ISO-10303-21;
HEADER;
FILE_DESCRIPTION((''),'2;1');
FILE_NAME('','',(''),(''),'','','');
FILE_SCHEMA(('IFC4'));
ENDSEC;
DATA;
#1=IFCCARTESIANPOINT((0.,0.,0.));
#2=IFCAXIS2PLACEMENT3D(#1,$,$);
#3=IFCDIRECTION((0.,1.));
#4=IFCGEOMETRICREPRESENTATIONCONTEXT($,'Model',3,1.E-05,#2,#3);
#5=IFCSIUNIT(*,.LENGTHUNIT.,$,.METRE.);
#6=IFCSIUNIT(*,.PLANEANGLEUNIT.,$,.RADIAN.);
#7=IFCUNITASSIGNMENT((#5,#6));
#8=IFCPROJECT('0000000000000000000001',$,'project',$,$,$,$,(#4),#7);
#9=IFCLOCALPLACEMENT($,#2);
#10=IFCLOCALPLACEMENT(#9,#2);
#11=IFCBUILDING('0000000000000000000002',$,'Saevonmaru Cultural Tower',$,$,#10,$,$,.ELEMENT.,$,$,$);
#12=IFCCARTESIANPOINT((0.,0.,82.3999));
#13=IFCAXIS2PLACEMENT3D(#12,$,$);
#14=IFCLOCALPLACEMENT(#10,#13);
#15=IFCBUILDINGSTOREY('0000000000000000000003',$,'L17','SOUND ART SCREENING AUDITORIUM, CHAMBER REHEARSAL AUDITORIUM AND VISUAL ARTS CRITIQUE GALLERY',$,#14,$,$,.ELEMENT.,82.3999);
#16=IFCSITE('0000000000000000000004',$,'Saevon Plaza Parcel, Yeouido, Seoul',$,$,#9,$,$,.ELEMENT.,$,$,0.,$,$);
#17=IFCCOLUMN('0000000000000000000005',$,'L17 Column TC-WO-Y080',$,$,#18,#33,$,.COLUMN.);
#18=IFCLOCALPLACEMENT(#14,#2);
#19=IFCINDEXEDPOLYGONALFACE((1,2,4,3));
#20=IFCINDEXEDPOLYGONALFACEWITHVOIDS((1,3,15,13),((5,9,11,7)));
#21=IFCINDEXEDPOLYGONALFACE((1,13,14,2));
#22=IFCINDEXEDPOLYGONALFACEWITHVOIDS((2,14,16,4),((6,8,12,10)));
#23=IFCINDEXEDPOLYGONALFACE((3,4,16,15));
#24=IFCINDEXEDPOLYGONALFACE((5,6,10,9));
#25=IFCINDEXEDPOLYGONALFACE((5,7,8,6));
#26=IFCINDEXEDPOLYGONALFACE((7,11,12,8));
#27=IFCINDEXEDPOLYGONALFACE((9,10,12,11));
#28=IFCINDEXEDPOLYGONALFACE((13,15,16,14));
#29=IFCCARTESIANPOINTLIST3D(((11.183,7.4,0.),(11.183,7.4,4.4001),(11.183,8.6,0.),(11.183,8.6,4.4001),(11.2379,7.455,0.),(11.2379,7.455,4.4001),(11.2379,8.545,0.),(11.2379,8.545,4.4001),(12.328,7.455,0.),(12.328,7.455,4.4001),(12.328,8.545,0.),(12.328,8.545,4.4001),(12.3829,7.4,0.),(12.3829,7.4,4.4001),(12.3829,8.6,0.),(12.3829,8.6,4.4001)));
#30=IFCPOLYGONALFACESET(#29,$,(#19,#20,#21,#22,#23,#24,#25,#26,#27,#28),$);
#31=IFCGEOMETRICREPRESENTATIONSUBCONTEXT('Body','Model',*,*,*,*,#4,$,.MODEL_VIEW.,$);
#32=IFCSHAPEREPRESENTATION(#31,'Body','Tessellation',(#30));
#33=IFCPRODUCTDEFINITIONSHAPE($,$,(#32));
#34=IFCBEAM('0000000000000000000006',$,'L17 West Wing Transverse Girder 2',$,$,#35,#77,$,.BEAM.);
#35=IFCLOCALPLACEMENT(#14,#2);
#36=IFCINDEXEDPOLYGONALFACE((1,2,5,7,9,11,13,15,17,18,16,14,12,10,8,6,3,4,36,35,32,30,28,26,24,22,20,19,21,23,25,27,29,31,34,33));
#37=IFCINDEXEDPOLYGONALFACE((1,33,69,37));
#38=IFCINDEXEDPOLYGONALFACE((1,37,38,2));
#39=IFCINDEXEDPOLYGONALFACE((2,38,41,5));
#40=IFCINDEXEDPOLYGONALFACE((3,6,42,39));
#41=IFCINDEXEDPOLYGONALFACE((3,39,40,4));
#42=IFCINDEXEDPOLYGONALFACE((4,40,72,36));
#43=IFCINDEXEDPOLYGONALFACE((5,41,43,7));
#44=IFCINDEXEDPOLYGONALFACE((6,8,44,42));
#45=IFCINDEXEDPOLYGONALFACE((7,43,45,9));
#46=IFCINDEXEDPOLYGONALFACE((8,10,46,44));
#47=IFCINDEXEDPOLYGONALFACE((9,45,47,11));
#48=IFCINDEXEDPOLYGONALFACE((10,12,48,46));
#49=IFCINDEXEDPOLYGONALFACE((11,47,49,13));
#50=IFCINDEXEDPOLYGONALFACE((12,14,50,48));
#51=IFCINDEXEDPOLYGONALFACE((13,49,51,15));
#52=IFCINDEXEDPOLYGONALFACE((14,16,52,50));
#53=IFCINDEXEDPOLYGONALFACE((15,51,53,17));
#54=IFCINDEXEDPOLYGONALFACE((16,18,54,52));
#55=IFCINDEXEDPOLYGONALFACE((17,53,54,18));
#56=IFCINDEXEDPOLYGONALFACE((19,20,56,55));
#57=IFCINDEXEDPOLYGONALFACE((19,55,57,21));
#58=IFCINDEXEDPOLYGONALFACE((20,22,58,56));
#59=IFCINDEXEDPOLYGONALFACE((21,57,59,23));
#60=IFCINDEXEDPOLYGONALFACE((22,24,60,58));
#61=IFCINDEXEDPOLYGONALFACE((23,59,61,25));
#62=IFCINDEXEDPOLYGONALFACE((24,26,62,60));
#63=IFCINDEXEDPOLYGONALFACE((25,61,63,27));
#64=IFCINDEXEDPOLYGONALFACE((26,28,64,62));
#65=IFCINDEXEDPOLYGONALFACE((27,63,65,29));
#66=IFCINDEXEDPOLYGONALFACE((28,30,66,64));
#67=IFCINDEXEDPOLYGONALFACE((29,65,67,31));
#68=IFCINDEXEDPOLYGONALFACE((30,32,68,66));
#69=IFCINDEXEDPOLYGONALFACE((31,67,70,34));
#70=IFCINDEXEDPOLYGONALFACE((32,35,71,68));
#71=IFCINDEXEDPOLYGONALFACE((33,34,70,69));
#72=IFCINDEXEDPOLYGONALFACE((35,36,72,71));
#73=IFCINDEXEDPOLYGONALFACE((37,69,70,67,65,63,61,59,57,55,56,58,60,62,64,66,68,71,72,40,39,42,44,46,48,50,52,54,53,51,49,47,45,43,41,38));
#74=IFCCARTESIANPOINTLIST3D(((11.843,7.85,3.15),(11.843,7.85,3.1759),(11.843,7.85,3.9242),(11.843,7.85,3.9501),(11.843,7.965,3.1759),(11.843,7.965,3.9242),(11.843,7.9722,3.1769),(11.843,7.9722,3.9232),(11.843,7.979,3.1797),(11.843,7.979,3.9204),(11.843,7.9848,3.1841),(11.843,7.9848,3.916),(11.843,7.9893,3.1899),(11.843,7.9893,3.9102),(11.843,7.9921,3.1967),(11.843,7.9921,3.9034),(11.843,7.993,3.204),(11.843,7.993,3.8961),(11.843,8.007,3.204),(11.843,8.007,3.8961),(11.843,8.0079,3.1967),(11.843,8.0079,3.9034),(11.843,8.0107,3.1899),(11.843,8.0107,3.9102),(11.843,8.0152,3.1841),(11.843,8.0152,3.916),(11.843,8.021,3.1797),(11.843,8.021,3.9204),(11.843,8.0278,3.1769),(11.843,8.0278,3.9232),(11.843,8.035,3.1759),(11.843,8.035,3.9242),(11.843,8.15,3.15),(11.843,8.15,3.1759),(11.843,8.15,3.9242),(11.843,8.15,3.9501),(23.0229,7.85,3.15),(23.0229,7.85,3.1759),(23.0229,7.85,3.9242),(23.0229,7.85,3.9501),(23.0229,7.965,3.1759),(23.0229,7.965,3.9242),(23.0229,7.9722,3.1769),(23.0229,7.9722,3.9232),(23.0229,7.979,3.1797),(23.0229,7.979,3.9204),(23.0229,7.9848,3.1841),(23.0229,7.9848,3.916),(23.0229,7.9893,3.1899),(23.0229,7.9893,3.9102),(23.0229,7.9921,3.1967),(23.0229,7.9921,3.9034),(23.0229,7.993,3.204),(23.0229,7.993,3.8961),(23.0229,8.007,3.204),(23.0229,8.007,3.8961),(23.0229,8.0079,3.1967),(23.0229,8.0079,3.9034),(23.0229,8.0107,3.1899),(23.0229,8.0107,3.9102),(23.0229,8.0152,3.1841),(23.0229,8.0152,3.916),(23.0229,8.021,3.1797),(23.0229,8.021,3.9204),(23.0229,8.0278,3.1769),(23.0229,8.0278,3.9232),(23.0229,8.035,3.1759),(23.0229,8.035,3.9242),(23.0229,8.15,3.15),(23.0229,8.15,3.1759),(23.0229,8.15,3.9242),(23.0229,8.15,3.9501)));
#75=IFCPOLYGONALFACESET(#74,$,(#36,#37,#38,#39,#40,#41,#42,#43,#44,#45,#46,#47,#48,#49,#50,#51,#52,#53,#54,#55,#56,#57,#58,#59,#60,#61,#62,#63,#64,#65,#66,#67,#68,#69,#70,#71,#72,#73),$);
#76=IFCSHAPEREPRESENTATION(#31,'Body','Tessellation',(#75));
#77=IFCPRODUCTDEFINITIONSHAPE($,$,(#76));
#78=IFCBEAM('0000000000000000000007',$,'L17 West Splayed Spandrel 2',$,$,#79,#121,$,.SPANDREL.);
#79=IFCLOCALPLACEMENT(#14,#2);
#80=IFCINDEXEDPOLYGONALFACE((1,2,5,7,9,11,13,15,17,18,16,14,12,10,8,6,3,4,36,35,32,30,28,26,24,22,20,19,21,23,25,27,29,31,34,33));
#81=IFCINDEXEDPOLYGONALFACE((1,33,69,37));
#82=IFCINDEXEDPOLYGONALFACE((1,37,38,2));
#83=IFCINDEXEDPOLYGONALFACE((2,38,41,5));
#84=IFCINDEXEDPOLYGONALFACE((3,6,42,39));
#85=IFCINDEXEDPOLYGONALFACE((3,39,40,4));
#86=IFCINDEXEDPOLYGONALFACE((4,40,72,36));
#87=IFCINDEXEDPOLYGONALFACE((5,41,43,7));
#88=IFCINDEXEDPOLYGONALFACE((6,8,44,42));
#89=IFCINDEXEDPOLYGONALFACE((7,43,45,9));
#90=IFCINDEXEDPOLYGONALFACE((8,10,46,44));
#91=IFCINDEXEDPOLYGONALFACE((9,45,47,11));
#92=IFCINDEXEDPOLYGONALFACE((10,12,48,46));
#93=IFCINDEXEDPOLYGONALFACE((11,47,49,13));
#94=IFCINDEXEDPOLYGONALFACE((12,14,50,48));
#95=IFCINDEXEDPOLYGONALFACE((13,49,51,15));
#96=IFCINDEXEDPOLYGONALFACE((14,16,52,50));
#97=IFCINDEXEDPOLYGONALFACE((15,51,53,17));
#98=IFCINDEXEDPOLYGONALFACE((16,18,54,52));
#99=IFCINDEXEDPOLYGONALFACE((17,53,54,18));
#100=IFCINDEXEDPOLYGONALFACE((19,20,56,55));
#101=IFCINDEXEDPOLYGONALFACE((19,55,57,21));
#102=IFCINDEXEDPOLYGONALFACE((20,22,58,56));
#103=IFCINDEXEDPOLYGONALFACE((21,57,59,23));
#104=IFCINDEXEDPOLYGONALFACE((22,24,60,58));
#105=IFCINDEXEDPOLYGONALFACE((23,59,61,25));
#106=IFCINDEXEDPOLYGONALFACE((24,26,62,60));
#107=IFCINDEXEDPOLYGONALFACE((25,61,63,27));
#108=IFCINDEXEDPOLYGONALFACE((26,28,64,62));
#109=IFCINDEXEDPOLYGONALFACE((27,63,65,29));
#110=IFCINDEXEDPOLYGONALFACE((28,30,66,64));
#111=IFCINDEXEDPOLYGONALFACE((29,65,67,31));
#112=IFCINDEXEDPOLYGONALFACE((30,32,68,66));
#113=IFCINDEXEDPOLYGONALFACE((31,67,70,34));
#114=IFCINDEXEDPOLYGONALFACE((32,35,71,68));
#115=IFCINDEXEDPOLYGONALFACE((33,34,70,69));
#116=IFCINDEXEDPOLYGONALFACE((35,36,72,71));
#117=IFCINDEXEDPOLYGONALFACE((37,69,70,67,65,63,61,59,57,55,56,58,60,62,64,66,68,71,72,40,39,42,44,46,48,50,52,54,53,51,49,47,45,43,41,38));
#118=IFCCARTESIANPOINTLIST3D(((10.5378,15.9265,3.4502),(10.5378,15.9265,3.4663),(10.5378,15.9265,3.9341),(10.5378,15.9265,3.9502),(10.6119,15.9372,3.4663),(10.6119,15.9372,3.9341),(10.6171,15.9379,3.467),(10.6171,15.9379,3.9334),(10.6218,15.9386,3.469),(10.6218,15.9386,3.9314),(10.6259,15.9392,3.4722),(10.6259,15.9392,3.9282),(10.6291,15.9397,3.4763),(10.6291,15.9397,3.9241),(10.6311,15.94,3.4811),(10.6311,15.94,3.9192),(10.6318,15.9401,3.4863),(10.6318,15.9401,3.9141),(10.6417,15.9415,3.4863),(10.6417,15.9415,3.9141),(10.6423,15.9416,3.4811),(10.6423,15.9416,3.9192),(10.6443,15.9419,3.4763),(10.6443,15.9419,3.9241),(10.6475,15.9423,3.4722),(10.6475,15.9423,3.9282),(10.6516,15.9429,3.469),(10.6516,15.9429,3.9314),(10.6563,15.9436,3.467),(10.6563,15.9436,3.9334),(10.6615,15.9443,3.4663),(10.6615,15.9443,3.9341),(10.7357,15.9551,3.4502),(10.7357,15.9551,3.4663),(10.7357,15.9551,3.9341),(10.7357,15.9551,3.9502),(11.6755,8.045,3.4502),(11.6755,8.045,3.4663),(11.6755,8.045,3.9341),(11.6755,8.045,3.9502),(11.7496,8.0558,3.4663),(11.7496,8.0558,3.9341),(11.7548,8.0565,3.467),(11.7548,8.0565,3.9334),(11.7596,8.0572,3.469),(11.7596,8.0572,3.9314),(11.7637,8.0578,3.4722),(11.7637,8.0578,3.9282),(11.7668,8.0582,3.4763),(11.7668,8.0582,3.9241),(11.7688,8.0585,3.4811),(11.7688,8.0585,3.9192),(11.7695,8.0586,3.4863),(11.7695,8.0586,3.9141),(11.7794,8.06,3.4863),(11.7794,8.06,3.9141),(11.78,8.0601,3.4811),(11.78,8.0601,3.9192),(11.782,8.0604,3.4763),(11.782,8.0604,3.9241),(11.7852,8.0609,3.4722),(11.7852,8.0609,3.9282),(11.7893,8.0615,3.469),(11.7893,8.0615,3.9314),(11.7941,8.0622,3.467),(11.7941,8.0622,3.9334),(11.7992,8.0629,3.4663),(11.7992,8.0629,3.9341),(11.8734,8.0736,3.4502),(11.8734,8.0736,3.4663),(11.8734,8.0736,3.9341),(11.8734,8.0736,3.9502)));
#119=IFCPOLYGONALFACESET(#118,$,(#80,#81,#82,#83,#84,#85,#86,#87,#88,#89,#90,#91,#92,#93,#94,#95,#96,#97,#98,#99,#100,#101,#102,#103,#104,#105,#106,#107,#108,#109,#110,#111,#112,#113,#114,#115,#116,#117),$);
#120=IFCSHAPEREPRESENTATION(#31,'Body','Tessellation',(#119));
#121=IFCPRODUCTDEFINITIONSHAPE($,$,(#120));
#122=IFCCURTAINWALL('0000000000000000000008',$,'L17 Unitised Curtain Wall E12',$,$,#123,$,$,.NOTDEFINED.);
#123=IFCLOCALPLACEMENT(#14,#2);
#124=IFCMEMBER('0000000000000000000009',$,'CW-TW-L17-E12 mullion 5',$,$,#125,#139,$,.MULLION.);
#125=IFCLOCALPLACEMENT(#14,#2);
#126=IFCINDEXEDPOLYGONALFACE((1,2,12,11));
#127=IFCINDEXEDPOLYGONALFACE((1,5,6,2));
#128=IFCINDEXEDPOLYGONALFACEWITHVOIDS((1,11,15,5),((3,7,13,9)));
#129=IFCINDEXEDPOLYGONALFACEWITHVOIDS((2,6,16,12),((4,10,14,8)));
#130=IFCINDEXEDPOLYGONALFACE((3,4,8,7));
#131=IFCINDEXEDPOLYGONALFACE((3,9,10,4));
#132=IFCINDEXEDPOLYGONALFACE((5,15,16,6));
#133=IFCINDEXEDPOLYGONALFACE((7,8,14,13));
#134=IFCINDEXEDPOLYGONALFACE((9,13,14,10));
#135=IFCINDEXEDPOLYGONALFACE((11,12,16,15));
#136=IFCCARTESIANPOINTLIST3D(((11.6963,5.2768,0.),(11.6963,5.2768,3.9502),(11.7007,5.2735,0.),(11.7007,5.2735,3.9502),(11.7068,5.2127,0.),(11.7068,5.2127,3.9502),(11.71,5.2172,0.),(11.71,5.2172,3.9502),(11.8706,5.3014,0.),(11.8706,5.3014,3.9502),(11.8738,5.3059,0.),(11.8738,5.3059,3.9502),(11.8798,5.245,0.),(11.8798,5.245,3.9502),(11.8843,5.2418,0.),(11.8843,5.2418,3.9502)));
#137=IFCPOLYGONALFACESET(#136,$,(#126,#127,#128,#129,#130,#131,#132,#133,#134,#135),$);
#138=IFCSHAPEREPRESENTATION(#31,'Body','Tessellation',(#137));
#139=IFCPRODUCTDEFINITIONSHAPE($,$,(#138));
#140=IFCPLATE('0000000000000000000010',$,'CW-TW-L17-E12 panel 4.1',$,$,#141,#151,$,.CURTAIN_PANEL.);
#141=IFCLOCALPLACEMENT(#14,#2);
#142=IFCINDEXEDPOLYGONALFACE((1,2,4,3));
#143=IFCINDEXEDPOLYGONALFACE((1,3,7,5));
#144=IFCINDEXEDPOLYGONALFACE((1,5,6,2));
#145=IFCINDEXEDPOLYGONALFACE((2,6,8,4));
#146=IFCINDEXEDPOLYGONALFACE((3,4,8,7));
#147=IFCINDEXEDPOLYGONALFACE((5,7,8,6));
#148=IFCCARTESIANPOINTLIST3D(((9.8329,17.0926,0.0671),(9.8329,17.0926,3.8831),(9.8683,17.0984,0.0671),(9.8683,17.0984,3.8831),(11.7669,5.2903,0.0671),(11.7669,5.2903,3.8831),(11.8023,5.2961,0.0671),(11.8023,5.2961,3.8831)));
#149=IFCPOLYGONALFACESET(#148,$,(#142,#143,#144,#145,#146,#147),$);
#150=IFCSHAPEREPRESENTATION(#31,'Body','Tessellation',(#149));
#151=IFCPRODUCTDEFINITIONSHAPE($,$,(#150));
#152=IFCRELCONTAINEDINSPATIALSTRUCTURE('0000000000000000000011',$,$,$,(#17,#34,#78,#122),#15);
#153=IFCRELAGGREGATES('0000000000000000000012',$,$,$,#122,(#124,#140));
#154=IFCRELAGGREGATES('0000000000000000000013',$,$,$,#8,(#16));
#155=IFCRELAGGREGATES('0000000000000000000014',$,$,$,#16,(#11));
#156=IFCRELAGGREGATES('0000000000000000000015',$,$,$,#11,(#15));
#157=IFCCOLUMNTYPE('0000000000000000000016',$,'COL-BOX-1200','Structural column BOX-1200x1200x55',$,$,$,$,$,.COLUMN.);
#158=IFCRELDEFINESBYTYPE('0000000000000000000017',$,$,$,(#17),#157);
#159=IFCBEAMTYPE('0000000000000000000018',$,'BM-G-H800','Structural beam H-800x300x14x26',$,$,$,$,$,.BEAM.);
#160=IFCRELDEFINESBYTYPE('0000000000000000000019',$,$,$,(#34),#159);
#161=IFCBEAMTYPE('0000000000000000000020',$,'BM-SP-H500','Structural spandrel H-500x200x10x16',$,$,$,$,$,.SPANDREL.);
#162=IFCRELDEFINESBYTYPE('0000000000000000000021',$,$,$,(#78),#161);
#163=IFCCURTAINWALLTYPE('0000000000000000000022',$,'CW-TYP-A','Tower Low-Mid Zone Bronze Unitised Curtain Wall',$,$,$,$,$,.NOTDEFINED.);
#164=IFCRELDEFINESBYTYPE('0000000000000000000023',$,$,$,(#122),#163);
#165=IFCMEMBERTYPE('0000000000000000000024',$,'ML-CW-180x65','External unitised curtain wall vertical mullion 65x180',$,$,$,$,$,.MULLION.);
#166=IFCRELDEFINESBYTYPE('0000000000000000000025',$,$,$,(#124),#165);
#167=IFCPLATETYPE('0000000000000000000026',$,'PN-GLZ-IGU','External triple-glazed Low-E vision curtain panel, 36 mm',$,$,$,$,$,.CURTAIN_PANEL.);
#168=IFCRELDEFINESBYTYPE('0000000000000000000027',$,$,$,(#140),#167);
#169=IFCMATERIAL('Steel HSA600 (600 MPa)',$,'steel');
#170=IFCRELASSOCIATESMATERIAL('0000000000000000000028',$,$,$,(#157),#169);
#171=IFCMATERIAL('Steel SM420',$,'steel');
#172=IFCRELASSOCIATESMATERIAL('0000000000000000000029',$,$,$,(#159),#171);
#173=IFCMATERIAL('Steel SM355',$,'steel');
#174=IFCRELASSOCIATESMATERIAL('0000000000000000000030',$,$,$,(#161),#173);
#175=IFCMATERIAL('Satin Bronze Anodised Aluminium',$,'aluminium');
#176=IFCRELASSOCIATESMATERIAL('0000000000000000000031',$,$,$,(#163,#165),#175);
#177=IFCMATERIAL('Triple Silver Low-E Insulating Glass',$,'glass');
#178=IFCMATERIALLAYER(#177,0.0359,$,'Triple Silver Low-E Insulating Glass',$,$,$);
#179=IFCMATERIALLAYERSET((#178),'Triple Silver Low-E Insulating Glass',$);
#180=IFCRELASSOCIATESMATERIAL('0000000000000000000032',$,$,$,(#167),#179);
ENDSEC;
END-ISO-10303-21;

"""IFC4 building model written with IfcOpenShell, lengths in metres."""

from ifc_helpers import new_model, si_unit, direction, frame, origin, origin_2d, place, context, subcontext, project, spatial, rectangle, hollow_rectangle, i_section, extrude, material, layer, layer_set, material_profile, profile_set, type_object, element, aggregate, save


model = new_model("IFC4")

# Units and contexts
model_context = context("Model", 3, precision=1e-05, world=origin(), true_north=direction((0.0, 1.0)))
body_context = subcontext(model_context, "Body", "Model", "MODEL_VIEW")
ifc_project = project(units=[si_unit("LENGTHUNIT", "METRE"), si_unit("PLANEANGLEUNIT", "RADIAN")], contexts=[model_context])

# Site, building, storey
site_placement = place(None, origin())
site = spatial("IfcSite", under=ifc_project, at=site_placement, Name="Saevon Plaza Parcel, Yeouido, Seoul", CompositionType="ELEMENT", RefElevation=0.0)
building_placement = place(site_placement, origin())
building = spatial("IfcBuilding", under=site, at=building_placement, Name="Saevonmaru Cultural Tower", CompositionType="ELEMENT")
storey_placement = place(building_placement, frame((0.0, 0.0, 82.3999)))
storey = spatial("IfcBuildingStorey", under=building, at=storey_placement, Name="L17", Description="SOUND ART SCREENING AUDITORIUM, CHAMBER REHEARSAL AUDITORIUM AND VISUAL ARTS CRITIQUE GALLERY", CompositionType="ELEMENT", Elevation=82.3999)

# Column
ifc_material_1 = material(Name="Steel HSA600 (600 MPa)", Category="steel")
ifc_material_profile_1 = material_profile(ifc_material_1, hollow_rectangle(XDim=1.2, YDim=1.2, WallThickness=0.0549, at=origin_2d()), Name="BOX-1200x1200x55")
ifc_profile_set_1 = profile_set([ifc_material_profile_1], Name="Steel HSA600 (600 MPa)")
column_type = type_object("IfcColumnType", Name="COL-BOX-1200", Description="Structural column BOX-1200x1200x55", PredefinedType="COLUMN", material=ifc_profile_set_1)
column_placement = place(storey_placement, frame((11.783, 8.0, 0.0), z_axis=(0.0, 0.0, 1.0), x_axis=(1.0, 0.0, 0.0)))
element("IfcColumn", 1, at=column_placement, inside=storey, type_object=column_type, Name="L17 Column TC-WO-Y080", PredefinedType="COLUMN", context=body_context, shape_type="SweptSolid", body=[
    extrude(hollow_rectangle(XDim=1.2, YDim=1.2, WallThickness=0.0549, at=origin_2d()), origin(), (0.0, 0.0, 1.0), 4.4001),
])

# Beams
ifc_material_2 = material(Name="Steel SM420", Category="steel")
ifc_material_profile_2 = material_profile(ifc_material_2, i_section(OverallWidth=0.3, OverallDepth=0.8, WebThickness=0.0139, FlangeThickness=0.0259, FilletRadius=0.0281, at=origin_2d()), Name="H-800x300x14x26")
ifc_profile_set_2 = profile_set([ifc_material_profile_2], Name="Steel SM420")
beam_type_1 = type_object("IfcBeamType", Name="BM-G-H800", Description="Structural beam H-800x300x14x26", PredefinedType="BEAM", material=ifc_profile_set_2)
beam_1_placement = place(storey_placement, frame((11.843, 8.0, 3.55), z_axis=(1.0, 0.0, 0.0), x_axis=(0.0, 1.0, 0.0)))
element("IfcBeam", 2, at=beam_1_placement, inside=storey, type_object=beam_type_1, Name="L17 West Wing Transverse Girder 2", PredefinedType="BEAM", context=body_context, shape_type="SweptSolid", body=[
    extrude(i_section(OverallWidth=0.3, OverallDepth=0.8, WebThickness=0.0139, FlangeThickness=0.0259, FilletRadius=0.0281, at=origin_2d()), origin(), (0.0, 0.0, 1.0), 11.1799),
])
ifc_material_3 = material(Name="Steel SM355", Category="steel")
ifc_material_profile_3 = material_profile(ifc_material_3, i_section(OverallWidth=0.2, OverallDepth=0.5, WebThickness=0.01, FlangeThickness=0.0161, FilletRadius=0.02, at=origin_2d()), Name="H-500x200x10x16")
ifc_profile_set_3 = profile_set([ifc_material_profile_3], Name="Steel SM355")
beam_type_2 = type_object("IfcBeamType", Name="BM-SP-H500", Description="Structural spandrel H-500x200x10x16", PredefinedType="SPANDREL", material=ifc_profile_set_3)
beam_2_placement = place(storey_placement, frame((11.7744, 8.0593, 3.7002), z_axis=(-0.142872, 0.989741, 0.0), x_axis=(-0.989741, -0.142872, 0.0)))
element("IfcBeam", 3, at=beam_2_placement, inside=storey, type_object=beam_type_2, Name="L17 West Splayed Spandrel 2", PredefinedType="SPANDREL", context=body_context, shape_type="SweptSolid", body=[
    extrude(i_section(OverallWidth=0.2, OverallDepth=0.5, WebThickness=0.01, FlangeThickness=0.0161, FilletRadius=0.02, at=origin_2d()), origin(), (0.0, 0.0, 1.0), 7.9631),
])

# Curtain wall, member, plate
ifc_material_4 = material(Name="Satin Bronze Anodised Aluminium", Category="aluminium")
curtain_wall_type = type_object("IfcCurtainWallType", Name="CW-TYP-A", Description="Tower Low-Mid Zone Bronze Unitised Curtain Wall", PredefinedType="NOTDEFINED", material=ifc_material_4)
curtain_wall_placement = place(storey_placement, origin())
curtain_wall = element("IfcCurtainWall", 4, at=curtain_wall_placement, inside=storey, type_object=curtain_wall_type, Name="L17 Unitised Curtain Wall E12", PredefinedType="NOTDEFINED")
ifc_material_profile_4 = material_profile(ifc_material_4, hollow_rectangle(XDim=0.0649, YDim=0.1799, WallThickness=0.0039, at=origin_2d()), Name="ALU-MULL-180x65x4")
ifc_profile_set_4 = profile_set([ifc_material_profile_4], Name="Satin Bronze Anodised Aluminium")
member_type = type_object("IfcMemberType", Name="ML-CW-180x65", Description="External unitised curtain wall vertical mullion 65x180", PredefinedType="MULLION", material=ifc_profile_set_4)
member_placement = place(storey_placement, frame((11.7903, 5.2593, 0.0), z_axis=(0.0, 0.0, 1.0), x_axis=(0.161709, -0.986839, 0.0)))
member = element("IfcMember", 5, at=member_placement, type_object=member_type, Name="CW-TW-L17-E12 mullion 5", PredefinedType="MULLION", context=body_context, shape_type="SweptSolid", body=[
    extrude(hollow_rectangle(XDim=0.0649, YDim=0.1799, WallThickness=0.0039, at=origin_2d()), origin(), (0.0, 0.0, 1.0), 3.9502),
])
ifc_material_5 = material(Name="Triple Silver Low-E Insulating Glass", Category="glass")
ifc_layer_1 = layer(ifc_material_5, 0.0359, Name="Triple Silver Low-E Insulating Glass")
ifc_layer_set_1 = layer_set([ifc_layer_1], Name="Triple Silver Low-E Insulating Glass")
plate_type = type_object("IfcPlateType", Name="PN-GLZ-IGU", Description="External triple-glazed Low-E vision curtain panel, 36 mm", PredefinedType="CURTAIN_PANEL", material=ifc_layer_set_1)
plate_placement = place(storey_placement, frame((10.8176, 11.1943, 0.0671), z_axis=(0.0, 0.0, 1.0), x_axis=(0.161709, -0.986839, 0.0)))
plate = element("IfcPlate", 6, at=plate_placement, type_object=plate_type, Name="CW-TW-L17-E12 panel 4.1", PredefinedType="CURTAIN_PANEL", context=body_context, shape_type="SweptSolid", body=[
    extrude(rectangle(XDim=11.9597, YDim=0.0359, at=origin_2d()), origin(), (0.0, 0.0, 1.0), 3.8159),
])
aggregate(curtain_wall, [member, plate])

save(model, "model.ifc")
